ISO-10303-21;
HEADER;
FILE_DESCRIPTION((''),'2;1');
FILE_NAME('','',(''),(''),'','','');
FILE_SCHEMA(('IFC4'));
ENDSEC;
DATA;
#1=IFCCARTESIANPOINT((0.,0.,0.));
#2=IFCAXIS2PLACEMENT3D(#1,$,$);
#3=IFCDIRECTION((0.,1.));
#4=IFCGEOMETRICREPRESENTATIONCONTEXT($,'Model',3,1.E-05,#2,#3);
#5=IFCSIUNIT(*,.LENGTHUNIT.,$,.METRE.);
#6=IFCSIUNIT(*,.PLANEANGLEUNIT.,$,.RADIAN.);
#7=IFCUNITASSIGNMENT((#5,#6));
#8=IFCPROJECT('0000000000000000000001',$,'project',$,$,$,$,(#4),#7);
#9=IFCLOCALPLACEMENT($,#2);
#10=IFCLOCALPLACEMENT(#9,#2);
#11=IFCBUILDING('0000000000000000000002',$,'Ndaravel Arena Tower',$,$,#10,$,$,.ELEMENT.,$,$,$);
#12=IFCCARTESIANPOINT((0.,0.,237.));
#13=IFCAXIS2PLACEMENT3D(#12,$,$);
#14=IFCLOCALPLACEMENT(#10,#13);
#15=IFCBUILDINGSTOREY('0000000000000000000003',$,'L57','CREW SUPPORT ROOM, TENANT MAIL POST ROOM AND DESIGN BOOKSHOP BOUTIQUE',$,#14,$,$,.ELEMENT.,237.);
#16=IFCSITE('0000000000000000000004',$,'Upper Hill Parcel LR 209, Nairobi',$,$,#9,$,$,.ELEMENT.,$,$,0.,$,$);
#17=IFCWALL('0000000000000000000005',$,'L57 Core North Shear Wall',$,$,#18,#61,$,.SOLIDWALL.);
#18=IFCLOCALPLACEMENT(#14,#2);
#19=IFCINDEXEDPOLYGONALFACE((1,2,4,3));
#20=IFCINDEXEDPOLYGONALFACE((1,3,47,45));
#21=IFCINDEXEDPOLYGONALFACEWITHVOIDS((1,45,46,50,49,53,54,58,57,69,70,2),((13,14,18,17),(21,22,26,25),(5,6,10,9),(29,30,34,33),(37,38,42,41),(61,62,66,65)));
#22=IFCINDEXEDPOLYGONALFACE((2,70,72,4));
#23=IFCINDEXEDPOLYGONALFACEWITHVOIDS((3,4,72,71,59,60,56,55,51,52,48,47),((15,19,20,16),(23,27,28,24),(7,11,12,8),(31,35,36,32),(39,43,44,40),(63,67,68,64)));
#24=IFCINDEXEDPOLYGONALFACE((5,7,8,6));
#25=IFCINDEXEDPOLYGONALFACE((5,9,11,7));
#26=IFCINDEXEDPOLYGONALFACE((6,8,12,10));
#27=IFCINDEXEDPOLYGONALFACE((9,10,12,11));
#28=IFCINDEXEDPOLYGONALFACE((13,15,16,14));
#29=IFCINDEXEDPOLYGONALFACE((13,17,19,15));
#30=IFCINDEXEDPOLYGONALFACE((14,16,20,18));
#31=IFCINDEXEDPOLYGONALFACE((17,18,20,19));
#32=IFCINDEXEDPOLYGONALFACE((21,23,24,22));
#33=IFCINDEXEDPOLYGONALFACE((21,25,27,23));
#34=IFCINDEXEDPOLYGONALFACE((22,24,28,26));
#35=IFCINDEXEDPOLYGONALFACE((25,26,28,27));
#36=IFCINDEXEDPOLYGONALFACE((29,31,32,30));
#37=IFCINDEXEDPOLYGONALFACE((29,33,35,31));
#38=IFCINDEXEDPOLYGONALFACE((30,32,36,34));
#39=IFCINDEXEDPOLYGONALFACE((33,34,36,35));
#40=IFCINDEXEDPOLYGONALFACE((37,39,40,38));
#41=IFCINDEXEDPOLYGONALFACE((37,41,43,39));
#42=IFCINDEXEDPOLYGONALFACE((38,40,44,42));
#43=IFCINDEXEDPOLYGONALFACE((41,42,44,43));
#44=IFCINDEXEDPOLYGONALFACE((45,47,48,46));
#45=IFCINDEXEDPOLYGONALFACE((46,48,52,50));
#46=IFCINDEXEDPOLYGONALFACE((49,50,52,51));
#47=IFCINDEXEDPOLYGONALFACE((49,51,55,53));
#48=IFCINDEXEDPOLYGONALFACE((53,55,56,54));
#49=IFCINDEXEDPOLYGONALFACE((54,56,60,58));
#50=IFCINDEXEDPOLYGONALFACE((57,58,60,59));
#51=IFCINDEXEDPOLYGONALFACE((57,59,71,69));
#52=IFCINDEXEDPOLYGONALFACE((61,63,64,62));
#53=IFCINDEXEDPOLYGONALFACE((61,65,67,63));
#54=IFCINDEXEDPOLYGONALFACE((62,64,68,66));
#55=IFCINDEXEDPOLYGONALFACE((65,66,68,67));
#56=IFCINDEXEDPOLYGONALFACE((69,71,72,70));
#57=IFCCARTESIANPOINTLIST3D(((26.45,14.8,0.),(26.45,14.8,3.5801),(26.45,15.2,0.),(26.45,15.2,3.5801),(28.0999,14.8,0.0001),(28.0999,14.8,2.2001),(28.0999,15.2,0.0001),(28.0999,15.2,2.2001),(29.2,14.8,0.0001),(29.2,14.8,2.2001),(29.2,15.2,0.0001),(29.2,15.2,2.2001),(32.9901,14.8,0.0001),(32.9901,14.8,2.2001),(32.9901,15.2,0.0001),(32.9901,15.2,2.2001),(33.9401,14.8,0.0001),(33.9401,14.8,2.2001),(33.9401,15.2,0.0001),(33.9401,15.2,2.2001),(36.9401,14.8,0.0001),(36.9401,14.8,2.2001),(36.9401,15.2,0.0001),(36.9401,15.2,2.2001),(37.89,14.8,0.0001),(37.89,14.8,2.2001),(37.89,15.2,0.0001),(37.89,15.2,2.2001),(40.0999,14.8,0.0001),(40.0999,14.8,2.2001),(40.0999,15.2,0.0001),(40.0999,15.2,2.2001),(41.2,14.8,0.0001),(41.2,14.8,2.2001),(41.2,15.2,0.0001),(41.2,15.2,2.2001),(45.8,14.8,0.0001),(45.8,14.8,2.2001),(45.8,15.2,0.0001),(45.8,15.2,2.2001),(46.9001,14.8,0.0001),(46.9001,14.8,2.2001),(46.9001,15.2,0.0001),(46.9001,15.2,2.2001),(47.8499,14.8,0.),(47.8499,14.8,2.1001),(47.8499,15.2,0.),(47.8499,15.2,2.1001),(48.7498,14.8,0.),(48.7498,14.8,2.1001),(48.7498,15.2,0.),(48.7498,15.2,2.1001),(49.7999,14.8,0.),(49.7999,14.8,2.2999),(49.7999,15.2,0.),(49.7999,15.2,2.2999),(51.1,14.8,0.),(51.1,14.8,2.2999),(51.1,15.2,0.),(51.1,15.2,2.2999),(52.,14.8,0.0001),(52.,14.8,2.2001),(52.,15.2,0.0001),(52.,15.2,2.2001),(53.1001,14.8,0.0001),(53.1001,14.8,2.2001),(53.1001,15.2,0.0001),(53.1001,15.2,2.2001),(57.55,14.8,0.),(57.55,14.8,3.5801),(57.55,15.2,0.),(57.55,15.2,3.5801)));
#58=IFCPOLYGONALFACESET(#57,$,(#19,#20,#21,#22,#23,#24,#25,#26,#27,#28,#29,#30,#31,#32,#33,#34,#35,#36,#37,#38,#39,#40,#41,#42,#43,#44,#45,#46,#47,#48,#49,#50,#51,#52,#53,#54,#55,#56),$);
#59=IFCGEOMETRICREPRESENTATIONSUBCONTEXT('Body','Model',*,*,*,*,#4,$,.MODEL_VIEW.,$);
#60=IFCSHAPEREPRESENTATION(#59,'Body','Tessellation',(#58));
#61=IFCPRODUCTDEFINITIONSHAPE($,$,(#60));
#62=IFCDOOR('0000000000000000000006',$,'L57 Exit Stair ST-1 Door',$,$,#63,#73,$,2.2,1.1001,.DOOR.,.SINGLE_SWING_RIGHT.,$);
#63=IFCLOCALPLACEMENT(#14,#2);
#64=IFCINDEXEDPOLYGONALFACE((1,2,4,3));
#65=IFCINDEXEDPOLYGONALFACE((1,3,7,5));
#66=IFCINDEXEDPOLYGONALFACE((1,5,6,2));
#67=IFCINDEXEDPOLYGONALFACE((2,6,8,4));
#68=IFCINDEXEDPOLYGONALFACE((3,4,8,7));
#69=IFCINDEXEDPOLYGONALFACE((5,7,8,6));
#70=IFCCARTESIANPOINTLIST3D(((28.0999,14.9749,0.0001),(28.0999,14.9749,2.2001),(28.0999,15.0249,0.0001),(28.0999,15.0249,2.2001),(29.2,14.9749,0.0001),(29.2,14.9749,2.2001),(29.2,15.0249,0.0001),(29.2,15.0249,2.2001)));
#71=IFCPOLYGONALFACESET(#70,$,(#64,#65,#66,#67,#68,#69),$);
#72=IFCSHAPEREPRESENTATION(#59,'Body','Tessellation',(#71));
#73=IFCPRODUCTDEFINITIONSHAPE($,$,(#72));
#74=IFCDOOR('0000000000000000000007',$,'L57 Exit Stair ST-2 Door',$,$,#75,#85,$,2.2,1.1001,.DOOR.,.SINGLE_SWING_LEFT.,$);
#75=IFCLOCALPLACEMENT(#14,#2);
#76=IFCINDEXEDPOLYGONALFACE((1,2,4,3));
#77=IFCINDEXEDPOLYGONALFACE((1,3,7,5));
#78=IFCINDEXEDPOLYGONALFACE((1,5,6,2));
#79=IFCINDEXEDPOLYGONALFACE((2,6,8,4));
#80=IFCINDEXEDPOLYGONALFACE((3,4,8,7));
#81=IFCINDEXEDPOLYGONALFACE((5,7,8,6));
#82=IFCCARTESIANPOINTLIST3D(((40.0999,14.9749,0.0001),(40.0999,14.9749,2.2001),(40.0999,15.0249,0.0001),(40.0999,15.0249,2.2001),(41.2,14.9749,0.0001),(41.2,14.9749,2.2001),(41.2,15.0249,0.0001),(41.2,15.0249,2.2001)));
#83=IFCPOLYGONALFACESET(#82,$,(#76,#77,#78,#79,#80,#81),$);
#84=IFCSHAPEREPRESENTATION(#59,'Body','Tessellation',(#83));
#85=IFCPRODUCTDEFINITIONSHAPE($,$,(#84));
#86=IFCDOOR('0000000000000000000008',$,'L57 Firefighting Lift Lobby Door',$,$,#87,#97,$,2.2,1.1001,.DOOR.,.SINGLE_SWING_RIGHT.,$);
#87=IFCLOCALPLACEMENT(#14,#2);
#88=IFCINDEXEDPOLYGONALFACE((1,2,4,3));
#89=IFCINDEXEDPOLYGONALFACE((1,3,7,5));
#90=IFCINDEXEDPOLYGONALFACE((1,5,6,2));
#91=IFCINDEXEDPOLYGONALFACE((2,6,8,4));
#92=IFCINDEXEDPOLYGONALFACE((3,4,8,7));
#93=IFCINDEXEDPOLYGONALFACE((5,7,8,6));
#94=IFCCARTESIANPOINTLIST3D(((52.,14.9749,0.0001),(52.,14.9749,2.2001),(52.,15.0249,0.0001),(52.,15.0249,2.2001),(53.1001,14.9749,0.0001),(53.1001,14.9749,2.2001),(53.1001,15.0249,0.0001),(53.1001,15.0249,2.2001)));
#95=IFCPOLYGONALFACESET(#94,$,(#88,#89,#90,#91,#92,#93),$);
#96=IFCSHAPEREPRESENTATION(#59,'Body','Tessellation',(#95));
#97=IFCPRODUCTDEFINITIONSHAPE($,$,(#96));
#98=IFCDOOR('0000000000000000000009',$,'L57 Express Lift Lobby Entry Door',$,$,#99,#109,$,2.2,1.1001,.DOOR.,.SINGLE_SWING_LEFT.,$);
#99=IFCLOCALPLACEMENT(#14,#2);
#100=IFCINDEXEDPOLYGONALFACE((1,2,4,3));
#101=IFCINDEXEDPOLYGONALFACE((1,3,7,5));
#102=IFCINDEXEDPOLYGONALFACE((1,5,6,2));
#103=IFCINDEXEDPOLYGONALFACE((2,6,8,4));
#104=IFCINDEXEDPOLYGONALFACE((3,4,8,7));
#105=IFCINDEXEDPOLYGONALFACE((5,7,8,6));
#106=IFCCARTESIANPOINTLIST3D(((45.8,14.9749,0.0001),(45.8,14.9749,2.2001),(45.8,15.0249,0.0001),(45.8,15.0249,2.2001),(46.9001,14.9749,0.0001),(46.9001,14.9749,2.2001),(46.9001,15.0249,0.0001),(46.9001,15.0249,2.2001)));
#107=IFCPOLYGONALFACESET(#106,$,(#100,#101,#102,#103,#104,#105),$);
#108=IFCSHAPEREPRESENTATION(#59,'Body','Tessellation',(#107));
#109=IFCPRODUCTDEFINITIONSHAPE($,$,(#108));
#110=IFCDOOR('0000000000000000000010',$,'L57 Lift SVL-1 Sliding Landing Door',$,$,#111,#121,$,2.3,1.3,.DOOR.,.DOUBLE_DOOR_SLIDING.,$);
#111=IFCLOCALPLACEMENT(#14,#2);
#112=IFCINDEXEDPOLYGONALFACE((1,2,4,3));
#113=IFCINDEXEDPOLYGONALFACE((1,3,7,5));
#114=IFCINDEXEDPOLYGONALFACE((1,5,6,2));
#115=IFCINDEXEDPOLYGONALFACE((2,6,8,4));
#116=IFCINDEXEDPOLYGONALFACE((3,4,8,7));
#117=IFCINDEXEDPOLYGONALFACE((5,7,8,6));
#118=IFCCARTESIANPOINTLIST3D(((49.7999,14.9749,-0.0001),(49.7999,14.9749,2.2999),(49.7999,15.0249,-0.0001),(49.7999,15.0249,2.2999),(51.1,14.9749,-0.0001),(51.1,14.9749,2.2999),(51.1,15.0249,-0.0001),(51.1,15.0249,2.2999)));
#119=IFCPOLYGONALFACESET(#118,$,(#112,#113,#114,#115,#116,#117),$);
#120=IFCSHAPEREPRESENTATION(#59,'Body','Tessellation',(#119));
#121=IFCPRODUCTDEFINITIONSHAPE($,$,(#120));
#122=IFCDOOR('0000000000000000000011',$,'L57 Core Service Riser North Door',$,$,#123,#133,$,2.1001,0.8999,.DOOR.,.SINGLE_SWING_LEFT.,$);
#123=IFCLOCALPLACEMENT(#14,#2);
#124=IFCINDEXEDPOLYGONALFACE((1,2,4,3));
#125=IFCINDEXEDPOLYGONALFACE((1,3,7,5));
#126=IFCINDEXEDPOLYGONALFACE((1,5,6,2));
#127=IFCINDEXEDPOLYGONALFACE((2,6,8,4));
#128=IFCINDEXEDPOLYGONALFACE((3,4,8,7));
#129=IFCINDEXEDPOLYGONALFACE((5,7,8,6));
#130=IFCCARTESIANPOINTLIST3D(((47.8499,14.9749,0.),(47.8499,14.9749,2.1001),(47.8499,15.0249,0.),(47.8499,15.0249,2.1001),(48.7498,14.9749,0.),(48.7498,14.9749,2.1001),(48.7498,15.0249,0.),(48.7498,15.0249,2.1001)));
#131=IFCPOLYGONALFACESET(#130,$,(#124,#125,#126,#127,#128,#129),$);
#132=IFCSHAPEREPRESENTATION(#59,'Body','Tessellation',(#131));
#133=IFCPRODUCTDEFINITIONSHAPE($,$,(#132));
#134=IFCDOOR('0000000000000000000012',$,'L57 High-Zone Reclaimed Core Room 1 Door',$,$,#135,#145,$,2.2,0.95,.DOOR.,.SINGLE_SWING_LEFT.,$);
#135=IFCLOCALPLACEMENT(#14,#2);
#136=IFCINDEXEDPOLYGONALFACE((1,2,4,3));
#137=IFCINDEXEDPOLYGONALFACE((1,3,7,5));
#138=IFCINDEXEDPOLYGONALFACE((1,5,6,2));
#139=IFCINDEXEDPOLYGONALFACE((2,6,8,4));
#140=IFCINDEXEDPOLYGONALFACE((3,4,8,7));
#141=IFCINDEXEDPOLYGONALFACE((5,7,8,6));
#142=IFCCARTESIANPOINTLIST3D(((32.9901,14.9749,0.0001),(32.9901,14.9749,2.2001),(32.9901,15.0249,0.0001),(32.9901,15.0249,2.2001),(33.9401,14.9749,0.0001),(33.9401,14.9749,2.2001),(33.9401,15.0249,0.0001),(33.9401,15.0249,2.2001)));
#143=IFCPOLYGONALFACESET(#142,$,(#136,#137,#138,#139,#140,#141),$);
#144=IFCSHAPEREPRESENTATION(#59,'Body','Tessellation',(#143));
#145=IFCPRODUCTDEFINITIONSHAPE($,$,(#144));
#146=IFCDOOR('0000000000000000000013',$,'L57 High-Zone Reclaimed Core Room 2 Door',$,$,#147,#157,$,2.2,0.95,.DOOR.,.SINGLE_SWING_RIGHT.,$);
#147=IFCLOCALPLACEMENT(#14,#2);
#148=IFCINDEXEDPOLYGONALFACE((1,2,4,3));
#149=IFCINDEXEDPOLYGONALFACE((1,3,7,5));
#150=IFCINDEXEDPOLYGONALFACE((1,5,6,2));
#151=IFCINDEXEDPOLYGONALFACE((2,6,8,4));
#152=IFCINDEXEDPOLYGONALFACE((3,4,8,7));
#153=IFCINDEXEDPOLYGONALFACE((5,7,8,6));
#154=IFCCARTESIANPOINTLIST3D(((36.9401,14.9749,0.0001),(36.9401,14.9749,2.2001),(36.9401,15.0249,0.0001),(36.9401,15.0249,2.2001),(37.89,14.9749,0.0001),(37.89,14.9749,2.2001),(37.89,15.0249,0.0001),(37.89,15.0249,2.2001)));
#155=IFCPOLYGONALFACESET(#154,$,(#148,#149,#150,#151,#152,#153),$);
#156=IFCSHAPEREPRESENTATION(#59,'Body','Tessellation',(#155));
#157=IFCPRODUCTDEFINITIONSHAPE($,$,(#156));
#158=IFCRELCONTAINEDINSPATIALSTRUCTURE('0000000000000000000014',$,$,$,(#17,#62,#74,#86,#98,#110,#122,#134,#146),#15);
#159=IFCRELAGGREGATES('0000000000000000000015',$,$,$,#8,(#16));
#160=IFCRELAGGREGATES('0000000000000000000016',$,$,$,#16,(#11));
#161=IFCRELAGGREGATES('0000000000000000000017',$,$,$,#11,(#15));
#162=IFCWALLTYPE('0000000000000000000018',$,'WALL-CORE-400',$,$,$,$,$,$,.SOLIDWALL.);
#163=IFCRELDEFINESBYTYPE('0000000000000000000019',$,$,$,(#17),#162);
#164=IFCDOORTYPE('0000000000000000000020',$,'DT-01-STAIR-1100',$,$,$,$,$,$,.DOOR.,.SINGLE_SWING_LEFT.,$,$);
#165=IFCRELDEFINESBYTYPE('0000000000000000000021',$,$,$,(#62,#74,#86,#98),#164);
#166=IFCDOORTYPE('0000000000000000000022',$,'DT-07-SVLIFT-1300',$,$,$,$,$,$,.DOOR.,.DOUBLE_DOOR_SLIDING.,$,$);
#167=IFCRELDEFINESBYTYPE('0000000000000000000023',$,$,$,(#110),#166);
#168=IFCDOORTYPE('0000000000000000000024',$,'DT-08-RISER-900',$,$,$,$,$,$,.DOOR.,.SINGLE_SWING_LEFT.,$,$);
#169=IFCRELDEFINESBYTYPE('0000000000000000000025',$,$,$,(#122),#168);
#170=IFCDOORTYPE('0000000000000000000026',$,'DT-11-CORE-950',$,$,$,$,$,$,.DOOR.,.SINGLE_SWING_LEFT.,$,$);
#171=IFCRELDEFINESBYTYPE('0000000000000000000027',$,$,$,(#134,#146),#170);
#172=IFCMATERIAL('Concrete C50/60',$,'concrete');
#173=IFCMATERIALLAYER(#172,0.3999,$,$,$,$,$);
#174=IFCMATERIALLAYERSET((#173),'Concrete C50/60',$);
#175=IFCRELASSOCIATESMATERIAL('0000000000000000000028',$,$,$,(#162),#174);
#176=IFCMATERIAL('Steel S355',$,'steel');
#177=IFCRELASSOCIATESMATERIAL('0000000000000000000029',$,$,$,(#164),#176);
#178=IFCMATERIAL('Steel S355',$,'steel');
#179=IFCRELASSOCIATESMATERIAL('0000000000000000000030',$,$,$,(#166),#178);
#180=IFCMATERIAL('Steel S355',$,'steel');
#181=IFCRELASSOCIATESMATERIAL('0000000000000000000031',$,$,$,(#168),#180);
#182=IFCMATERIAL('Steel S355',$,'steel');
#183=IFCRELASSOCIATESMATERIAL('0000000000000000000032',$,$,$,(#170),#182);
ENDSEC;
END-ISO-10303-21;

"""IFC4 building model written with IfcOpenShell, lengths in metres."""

from ifc_helpers import new_model, si_unit, direction, frame, frame_2d, origin, place, context, subcontext, project, spatial, rectangle, extrude, material, layer, layer_set, type_object, element, fill, save


model = new_model("IFC4")

# Units and contexts
model_context = context("Model", 3, precision=1e-05, world=origin(), true_north=direction((0.0, 1.0)))
body_context = subcontext(model_context, "Body", "Model", "MODEL_VIEW")
ifc_project = project(units=[si_unit("LENGTHUNIT", "METRE"), si_unit("PLANEANGLEUNIT", "RADIAN")], contexts=[model_context])

# Site, building, storey
site_placement = place(None, origin())
site = spatial("IfcSite", under=ifc_project, at=site_placement, Name="Upper Hill Parcel LR 209, Nairobi", CompositionType="ELEMENT", RefElevation=0.0)
building_placement = place(site_placement, origin())
building = spatial("IfcBuilding", under=site, at=building_placement, Name="Ndaravel Arena Tower", CompositionType="ELEMENT")
storey_placement = place(building_placement, frame((0.0, 0.0, 237.0)))
storey = spatial("IfcBuildingStorey", under=building, at=storey_placement, Name="L57", Description="CREW SUPPORT ROOM, TENANT MAIL POST ROOM AND DESIGN BOOKSHOP BOUTIQUE", CompositionType="ELEMENT", Elevation=237.0)

# Wall, openings, doors
ifc_material_1 = material(Name="Concrete C50/60", Category="concrete")
ifc_layer_1 = layer(ifc_material_1, 0.3999)
ifc_layer_set_1 = layer_set([ifc_layer_1], Name="Concrete C50/60")
wall_type_1 = type_object("IfcWallType", Name="WALL-CORE-400", PredefinedType="SOLIDWALL", material=ifc_layer_set_1)
wall_1_placement = place(storey_placement, frame((26.45, 15.0, 0.0), z_axis=(0.0, 0.0, 1.0), x_axis=(1.0, 0.0, 0.0)))
wall_1 = element("IfcWall", 1, at=wall_1_placement, inside=storey, type_object=wall_type_1, Name="L57 Core North Shear Wall", PredefinedType="SOLIDWALL", context=body_context, shape_type="SweptSolid", body=[
    extrude(rectangle(XDim=31.1001, YDim=0.3999, at=frame_2d((15.55, 0.0))), origin(), (0.0, 0.0, 1.0), 3.5801),
])
opening_1_placement = place(wall_1_placement, frame((1.6499, 0.0, 0.0)))
opening_1 = element("IfcOpeningElement", 2, at=opening_1_placement, cuts=wall_1, PredefinedType="OPENING", context=body_context, shape_type="SweptSolid", body=[
    extrude(rectangle(XDim=1.1001, YDim=2.2, at=frame_2d((0.55, 1.1001))), frame((0.0, 0.2, 0.0), z_axis=(0.0, -1.0, 0.0), x_axis=(1.0, 0.0, 0.0)), (0.0, 0.0, 1.0), 0.3999),
])
opening_2_placement = place(wall_1_placement, frame((13.6499, 0.0, 0.0)))
opening_2 = element("IfcOpeningElement", 3, at=opening_2_placement, cuts=wall_1, PredefinedType="OPENING", context=body_context, shape_type="SweptSolid", body=[
    extrude(rectangle(XDim=1.1001, YDim=2.2, at=frame_2d((0.55, 1.1001))), frame((0.0, 0.2, 0.0), z_axis=(0.0, -1.0, 0.0), x_axis=(1.0, 0.0, 0.0)), (0.0, 0.0, 1.0), 0.3999),
])
opening_3_placement = place(wall_1_placement, frame((25.55, 0.0, 0.0)))
opening_3 = element("IfcOpeningElement", 4, at=opening_3_placement, cuts=wall_1, PredefinedType="OPENING", context=body_context, shape_type="SweptSolid", body=[
    extrude(rectangle(XDim=1.1001, YDim=2.2, at=frame_2d((0.55, 1.1001))), frame((0.0, 0.2, 0.0), z_axis=(0.0, -1.0, 0.0), x_axis=(1.0, 0.0, 0.0)), (0.0, 0.0, 1.0), 0.3999),
])
opening_4_placement = place(wall_1_placement, frame((19.3501, 0.0, 0.0)))
opening_4 = element("IfcOpeningElement", 5, at=opening_4_placement, cuts=wall_1, PredefinedType="OPENING", context=body_context, shape_type="SweptSolid", body=[
    extrude(rectangle(XDim=1.1001, YDim=2.2, at=frame_2d((0.55, 1.1001))), frame((0.0, 0.2, 0.0), z_axis=(0.0, -1.0, 0.0), x_axis=(1.0, 0.0, 0.0)), (0.0, 0.0, 1.0), 0.3999),
])
opening_5_placement = place(wall_1_placement, frame((21.3999, 0.0, 0.0)))
opening_5 = element("IfcOpeningElement", 6, at=opening_5_placement, cuts=wall_1, PredefinedType="OPENING", context=body_context, shape_type="SweptSolid", body=[
    extrude(rectangle(XDim=0.8999, YDim=2.1001, at=frame_2d((0.45, 1.05))), frame((0.0, 0.2, 0.0), z_axis=(0.0, -1.0, 0.0), x_axis=(1.0, 0.0, 0.0)), (0.0, 0.0, 1.0), 0.3999),
])
opening_6_placement = place(wall_1_placement, frame((6.54, 0.0, 0.0)))
opening_6 = element("IfcOpeningElement", 7, at=opening_6_placement, cuts=wall_1, PredefinedType="OPENING", context=body_context, shape_type="SweptSolid", body=[
    extrude(rectangle(XDim=0.95, YDim=2.2, at=frame_2d((0.4751, 1.1001))), frame((0.0, 0.2, 0.0), z_axis=(0.0, -1.0, 0.0), x_axis=(1.0, 0.0, 0.0)), (0.0, 0.0, 1.0), 0.3999),
])
opening_7_placement = place(wall_1_placement, frame((10.49, 0.0, 0.0)))
opening_7 = element("IfcOpeningElement", 8, at=opening_7_placement, cuts=wall_1, PredefinedType="OPENING", context=body_context, shape_type="SweptSolid", body=[
    extrude(rectangle(XDim=0.95, YDim=2.2, at=frame_2d((0.4751, 1.1001))), frame((0.0, 0.2, 0.0), z_axis=(0.0, -1.0, 0.0), x_axis=(1.0, 0.0, 0.0)), (0.0, 0.0, 1.0), 0.3999),
])
opening_8_placement = place(wall_1_placement, frame((23.3501, 0.0, 0.0)))
opening_8 = element("IfcOpeningElement", 9, at=opening_8_placement, cuts=wall_1, PredefinedType="OPENING", context=body_context, shape_type="SweptSolid", body=[
    extrude(rectangle(XDim=1.3, YDim=2.3, at=frame_2d((0.6499, 1.1499))), frame((0.0, 0.2, 0.0), z_axis=(0.0, -1.0, 0.0), x_axis=(1.0, 0.0, 0.0)), (0.0, 0.0, 1.0), 0.3999),
])
ifc_material_2 = material(Name="Steel S355", Category="steel")
door_type_1 = type_object("IfcDoorType", Name="DT-01-STAIR-1100", OperationType="SINGLE_SWING_LEFT", PredefinedType="DOOR", material=ifc_material_2)
door_1_placement = place(opening_1_placement, origin())
door_1 = element("IfcDoor", 10, at=door_1_placement, inside=storey, type_object=door_type_1, Name="L57 Exit Stair ST-1 Door", OperationType="SINGLE_SWING_RIGHT", OverallHeight=2.2, OverallWidth=1.1001, PredefinedType="DOOR", context=body_context, shape_type="SweptSolid", body=[
    extrude(rectangle(XDim=1.1001, YDim=2.2, at=frame_2d((0.55, 1.1001))), frame((0.0, 0.0249, 0.0), z_axis=(0.0, -1.0, 0.0), x_axis=(1.0, 0.0, 0.0)), (0.0, 0.0, 1.0), 0.05),
])
fill(opening_1, door_1)
door_2_placement = place(opening_2_placement, origin())
door_2 = element("IfcDoor", 11, at=door_2_placement, inside=storey, type_object=door_type_1, Name="L57 Exit Stair ST-2 Door", OperationType="SINGLE_SWING_LEFT", OverallHeight=2.2, OverallWidth=1.1001, PredefinedType="DOOR", context=body_context, shape_type="SweptSolid", body=[
    extrude(rectangle(XDim=1.1001, YDim=2.2, at=frame_2d((0.55, 1.1001))), frame((0.0, 0.0249, 0.0), z_axis=(0.0, -1.0, 0.0), x_axis=(1.0, 0.0, 0.0)), (0.0, 0.0, 1.0), 0.05),
])
fill(opening_2, door_2)
door_3_placement = place(opening_3_placement, origin())
door_3 = element("IfcDoor", 12, at=door_3_placement, inside=storey, type_object=door_type_1, Name="L57 Firefighting Lift Lobby Door", OperationType="SINGLE_SWING_RIGHT", OverallHeight=2.2, OverallWidth=1.1001, PredefinedType="DOOR", context=body_context, shape_type="SweptSolid", body=[
    extrude(rectangle(XDim=1.1001, YDim=2.2, at=frame_2d((0.55, 1.1001))), frame((0.0, 0.0249, 0.0), z_axis=(0.0, -1.0, 0.0), x_axis=(1.0, 0.0, 0.0)), (0.0, 0.0, 1.0), 0.05),
])
fill(opening_3, door_3)
door_4_placement = place(opening_4_placement, origin())
door_4 = element("IfcDoor", 13, at=door_4_placement, inside=storey, type_object=door_type_1, Name="L57 Express Lift Lobby Entry Door", OperationType="SINGLE_SWING_LEFT", OverallHeight=2.2, OverallWidth=1.1001, PredefinedType="DOOR", context=body_context, shape_type="SweptSolid", body=[
    extrude(rectangle(XDim=1.1001, YDim=2.2, at=frame_2d((0.55, 1.1001))), frame((0.0, 0.0249, 0.0), z_axis=(0.0, -1.0, 0.0), x_axis=(1.0, 0.0, 0.0)), (0.0, 0.0, 1.0), 0.05),
])
fill(opening_4, door_4)
ifc_material_3 = material(Name="Steel S355", Category="steel")
door_type_2 = type_object("IfcDoorType", Name="DT-07-SVLIFT-1300", OperationType="DOUBLE_DOOR_SLIDING", PredefinedType="DOOR", material=ifc_material_3)
door_5_placement = place(opening_8_placement, origin())
door_5 = element("IfcDoor", 14, at=door_5_placement, inside=storey, type_object=door_type_2, Name="L57 Lift SVL-1 Sliding Landing Door", OperationType="DOUBLE_DOOR_SLIDING", OverallHeight=2.3, OverallWidth=1.3, PredefinedType="DOOR", context=body_context, shape_type="SweptSolid", body=[
    extrude(rectangle(XDim=1.3, YDim=2.3, at=frame_2d((0.6499, 1.1499))), frame((0.0, 0.0249, 0.0), z_axis=(0.0, -1.0, 0.0), x_axis=(1.0, 0.0, 0.0)), (0.0, 0.0, 1.0), 0.05),
])
fill(opening_8, door_5)
ifc_material_4 = material(Name="Steel S355", Category="steel")
door_type_3 = type_object("IfcDoorType", Name="DT-08-RISER-900", OperationType="SINGLE_SWING_LEFT", PredefinedType="DOOR", material=ifc_material_4)
door_6_placement = place(opening_5_placement, origin())
door_6 = element("IfcDoor", 15, at=door_6_placement, inside=storey, type_object=door_type_3, Name="L57 Core Service Riser North Door", OperationType="SINGLE_SWING_LEFT", OverallHeight=2.1001, OverallWidth=0.8999, PredefinedType="DOOR", context=body_context, shape_type="SweptSolid", body=[
    extrude(rectangle(XDim=0.8999, YDim=2.1001, at=frame_2d((0.45, 1.05))), frame((0.0, 0.0249, 0.0), z_axis=(0.0, -1.0, 0.0), x_axis=(1.0, 0.0, 0.0)), (0.0, 0.0, 1.0), 0.05),
])
fill(opening_5, door_6)
ifc_material_5 = material(Name="Steel S355", Category="steel")
door_type_4 = type_object("IfcDoorType", Name="DT-11-CORE-950", OperationType="SINGLE_SWING_LEFT", PredefinedType="DOOR", material=ifc_material_5)
door_7_placement = place(opening_6_placement, origin())
door_7 = element("IfcDoor", 16, at=door_7_placement, inside=storey, type_object=door_type_4, Name="L57 High-Zone Reclaimed Core Room 1 Door", OperationType="SINGLE_SWING_LEFT", OverallHeight=2.2, OverallWidth=0.95, PredefinedType="DOOR", context=body_context, shape_type="SweptSolid", body=[
    extrude(rectangle(XDim=0.95, YDim=2.2, at=frame_2d((0.4751, 1.1001))), frame((0.0, 0.0249, 0.0), z_axis=(0.0, -1.0, 0.0), x_axis=(1.0, 0.0, 0.0)), (0.0, 0.0, 1.0), 0.05),
])
fill(opening_6, door_7)
door_8_placement = place(opening_7_placement, origin())
door_8 = element("IfcDoor", 17, at=door_8_placement, inside=storey, type_object=door_type_4, Name="L57 High-Zone Reclaimed Core Room 2 Door", OperationType="SINGLE_SWING_RIGHT", OverallHeight=2.2, OverallWidth=0.95, PredefinedType="DOOR", context=body_context, shape_type="SweptSolid", body=[
    extrude(rectangle(XDim=0.95, YDim=2.2, at=frame_2d((0.4751, 1.1001))), frame((0.0, 0.0249, 0.0), z_axis=(0.0, -1.0, 0.0), x_axis=(1.0, 0.0, 0.0)), (0.0, 0.0, 1.0), 0.05),
])
fill(opening_7, door_8)

save(model, "model.ifc")
